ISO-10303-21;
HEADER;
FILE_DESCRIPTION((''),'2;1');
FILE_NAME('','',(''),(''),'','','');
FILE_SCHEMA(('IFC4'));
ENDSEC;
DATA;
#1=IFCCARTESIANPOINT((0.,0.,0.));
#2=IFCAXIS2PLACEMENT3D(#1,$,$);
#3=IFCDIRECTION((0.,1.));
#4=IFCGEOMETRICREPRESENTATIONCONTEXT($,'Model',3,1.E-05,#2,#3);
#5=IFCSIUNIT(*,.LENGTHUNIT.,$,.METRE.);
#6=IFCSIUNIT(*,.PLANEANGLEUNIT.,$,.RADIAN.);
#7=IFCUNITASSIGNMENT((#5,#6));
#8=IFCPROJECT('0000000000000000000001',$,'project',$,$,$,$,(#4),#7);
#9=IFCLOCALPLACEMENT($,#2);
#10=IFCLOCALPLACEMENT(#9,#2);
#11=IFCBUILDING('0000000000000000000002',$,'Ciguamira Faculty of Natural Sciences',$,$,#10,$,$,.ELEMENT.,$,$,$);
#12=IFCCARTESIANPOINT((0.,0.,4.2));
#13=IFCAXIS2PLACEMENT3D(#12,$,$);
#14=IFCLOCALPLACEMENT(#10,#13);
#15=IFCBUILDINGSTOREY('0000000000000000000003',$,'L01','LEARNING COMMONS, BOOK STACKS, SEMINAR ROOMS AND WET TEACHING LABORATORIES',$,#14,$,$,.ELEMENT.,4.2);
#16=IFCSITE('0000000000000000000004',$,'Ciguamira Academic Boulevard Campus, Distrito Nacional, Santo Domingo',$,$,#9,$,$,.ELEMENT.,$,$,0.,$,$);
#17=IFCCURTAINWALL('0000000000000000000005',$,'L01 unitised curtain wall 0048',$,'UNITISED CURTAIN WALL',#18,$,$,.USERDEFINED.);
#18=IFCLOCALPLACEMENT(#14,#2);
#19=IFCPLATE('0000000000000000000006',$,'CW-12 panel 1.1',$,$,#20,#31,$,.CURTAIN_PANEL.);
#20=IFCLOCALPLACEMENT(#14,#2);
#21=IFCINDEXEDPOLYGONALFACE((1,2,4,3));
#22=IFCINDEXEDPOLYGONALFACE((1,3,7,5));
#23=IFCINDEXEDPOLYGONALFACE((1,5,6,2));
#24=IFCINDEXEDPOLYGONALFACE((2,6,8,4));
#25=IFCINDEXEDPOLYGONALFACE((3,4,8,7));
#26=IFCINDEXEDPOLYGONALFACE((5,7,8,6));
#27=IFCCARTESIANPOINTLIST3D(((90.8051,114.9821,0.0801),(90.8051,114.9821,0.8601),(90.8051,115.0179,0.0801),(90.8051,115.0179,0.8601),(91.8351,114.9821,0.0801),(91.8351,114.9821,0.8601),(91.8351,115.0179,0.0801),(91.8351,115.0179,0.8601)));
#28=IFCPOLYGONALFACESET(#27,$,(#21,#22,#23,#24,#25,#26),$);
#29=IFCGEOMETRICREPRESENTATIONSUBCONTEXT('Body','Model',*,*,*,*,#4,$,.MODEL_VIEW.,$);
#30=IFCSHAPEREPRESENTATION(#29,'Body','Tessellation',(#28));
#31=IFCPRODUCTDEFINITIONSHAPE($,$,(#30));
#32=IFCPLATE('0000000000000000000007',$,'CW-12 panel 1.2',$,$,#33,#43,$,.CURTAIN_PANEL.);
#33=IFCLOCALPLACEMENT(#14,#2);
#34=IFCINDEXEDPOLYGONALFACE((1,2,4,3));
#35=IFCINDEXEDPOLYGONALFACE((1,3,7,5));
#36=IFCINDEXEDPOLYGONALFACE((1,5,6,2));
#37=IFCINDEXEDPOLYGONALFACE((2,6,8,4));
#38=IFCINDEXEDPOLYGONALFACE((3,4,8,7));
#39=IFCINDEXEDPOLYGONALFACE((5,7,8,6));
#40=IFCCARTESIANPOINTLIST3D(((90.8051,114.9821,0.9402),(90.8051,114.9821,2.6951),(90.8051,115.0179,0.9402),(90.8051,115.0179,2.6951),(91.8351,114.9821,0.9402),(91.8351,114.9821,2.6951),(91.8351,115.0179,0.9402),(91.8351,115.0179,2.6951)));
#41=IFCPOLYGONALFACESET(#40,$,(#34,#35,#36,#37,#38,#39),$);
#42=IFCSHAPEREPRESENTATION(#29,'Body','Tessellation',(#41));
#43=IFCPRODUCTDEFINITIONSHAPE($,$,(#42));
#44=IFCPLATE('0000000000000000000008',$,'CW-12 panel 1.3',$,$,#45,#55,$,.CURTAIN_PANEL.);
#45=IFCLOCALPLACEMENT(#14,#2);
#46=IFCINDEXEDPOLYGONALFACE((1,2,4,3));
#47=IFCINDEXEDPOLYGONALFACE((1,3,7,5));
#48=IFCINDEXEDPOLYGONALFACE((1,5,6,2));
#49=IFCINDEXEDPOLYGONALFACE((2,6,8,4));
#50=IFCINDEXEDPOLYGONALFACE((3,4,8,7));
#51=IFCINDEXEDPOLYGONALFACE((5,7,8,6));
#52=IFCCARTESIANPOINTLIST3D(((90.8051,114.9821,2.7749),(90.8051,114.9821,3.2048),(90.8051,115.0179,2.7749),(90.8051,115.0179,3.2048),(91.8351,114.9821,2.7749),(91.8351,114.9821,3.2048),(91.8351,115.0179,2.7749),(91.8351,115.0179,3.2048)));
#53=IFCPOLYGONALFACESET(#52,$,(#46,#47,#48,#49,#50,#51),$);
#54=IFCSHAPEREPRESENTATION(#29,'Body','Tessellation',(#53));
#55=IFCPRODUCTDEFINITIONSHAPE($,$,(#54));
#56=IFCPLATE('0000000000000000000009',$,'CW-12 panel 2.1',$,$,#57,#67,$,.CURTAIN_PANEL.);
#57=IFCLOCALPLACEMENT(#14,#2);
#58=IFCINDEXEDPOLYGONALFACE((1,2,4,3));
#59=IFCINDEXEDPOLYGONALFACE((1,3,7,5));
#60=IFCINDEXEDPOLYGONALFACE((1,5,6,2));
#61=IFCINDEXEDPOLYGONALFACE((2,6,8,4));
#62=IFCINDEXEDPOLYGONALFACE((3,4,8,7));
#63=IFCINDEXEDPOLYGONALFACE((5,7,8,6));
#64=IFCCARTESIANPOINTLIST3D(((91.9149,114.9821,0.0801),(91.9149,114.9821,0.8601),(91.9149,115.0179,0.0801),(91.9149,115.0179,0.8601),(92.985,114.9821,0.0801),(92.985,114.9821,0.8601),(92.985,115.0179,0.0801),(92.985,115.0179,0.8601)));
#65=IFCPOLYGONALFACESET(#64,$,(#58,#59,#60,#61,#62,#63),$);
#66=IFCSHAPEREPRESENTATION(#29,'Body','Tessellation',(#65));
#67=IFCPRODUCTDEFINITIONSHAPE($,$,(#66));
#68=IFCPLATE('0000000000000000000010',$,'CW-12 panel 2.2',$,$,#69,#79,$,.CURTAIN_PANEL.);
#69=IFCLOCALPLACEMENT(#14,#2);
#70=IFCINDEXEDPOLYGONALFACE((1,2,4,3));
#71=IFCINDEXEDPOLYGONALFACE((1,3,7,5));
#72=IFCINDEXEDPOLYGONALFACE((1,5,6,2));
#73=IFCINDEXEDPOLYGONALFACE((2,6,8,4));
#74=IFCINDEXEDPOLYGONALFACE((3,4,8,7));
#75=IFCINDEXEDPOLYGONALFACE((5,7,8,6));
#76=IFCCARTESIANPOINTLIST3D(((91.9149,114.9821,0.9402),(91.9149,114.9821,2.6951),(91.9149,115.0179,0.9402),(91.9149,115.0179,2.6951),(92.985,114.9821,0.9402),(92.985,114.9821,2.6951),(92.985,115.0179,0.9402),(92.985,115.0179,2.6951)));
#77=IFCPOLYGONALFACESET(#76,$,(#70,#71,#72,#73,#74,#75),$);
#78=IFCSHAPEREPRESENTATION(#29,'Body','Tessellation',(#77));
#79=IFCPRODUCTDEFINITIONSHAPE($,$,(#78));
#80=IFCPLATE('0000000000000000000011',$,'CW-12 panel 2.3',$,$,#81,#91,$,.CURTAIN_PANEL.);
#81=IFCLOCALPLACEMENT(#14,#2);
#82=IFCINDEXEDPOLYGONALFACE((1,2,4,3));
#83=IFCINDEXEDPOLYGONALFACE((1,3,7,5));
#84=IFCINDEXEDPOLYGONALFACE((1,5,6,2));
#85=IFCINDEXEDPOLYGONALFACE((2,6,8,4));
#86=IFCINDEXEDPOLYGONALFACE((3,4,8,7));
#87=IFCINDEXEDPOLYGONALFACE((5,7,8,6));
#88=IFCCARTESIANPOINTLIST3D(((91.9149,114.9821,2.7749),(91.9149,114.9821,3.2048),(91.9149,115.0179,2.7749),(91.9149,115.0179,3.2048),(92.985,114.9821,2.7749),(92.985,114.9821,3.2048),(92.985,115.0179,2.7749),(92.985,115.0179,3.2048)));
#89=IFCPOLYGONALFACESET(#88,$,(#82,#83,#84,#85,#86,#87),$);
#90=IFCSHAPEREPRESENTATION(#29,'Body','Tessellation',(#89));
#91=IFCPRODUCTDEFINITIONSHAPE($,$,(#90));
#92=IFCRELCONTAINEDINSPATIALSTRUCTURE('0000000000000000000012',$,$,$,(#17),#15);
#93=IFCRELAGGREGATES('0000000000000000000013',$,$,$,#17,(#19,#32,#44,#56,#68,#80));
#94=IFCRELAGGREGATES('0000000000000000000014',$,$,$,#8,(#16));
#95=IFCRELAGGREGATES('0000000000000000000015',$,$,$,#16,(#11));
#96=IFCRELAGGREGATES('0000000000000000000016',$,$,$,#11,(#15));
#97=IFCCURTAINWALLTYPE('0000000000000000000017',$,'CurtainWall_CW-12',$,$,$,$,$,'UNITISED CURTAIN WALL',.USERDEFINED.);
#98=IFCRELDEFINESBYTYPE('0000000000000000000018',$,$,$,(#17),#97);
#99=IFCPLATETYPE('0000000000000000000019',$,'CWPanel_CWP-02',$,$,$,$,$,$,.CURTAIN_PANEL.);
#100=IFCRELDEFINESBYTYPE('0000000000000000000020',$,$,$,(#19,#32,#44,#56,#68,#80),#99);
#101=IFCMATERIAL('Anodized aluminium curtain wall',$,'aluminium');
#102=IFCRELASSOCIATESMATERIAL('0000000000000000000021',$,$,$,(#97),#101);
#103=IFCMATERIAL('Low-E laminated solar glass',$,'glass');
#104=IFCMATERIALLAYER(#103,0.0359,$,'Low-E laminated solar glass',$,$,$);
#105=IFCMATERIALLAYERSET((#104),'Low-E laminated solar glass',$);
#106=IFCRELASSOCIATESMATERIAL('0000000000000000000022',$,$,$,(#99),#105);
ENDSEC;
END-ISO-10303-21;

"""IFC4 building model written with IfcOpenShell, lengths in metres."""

from ifc_helpers import new_model, si_unit, direction, frame, origin, origin_2d, place, context, subcontext, project, spatial, rectangle, extrude, material, layer, layer_set, type_object, element, aggregate, save


model = new_model("IFC4")

# Units and contexts
model_context = context("Model", 3, precision=1e-05, world=origin(), true_north=direction((0.0, 1.0)))
body_context = subcontext(model_context, "Body", "Model", "MODEL_VIEW")
ifc_project = project(units=[si_unit("LENGTHUNIT", "METRE"), si_unit("PLANEANGLEUNIT", "RADIAN")], contexts=[model_context])

# Site, building, storey
site_placement = place(None, origin())
site = spatial("IfcSite", under=ifc_project, at=site_placement, Name="Ciguamira Academic Boulevard Campus, Distrito Nacional, Santo Domingo", CompositionType="ELEMENT", RefElevation=0.0)
building_placement = place(site_placement, origin())
building = spatial("IfcBuilding", under=site, at=building_placement, Name="Ciguamira Faculty of Natural Sciences", CompositionType="ELEMENT")
storey_placement = place(building_placement, frame((0.0, 0.0, 4.2)))
storey = spatial("IfcBuildingStorey", under=building, at=storey_placement, Name="L01", Description="LEARNING COMMONS, BOOK STACKS, SEMINAR ROOMS AND WET TEACHING LABORATORIES", CompositionType="ELEMENT", Elevation=4.2)

# Curtain wall, plates
ifc_material_1 = material(Name="Anodized aluminium curtain wall", Category="aluminium")
curtain_wall_type = type_object("IfcCurtainWallType", Name="CurtainWall_CW-12", ElementType="UNITISED CURTAIN WALL", PredefinedType="USERDEFINED", material=ifc_material_1)
curtain_wall_placement = place(storey_placement, origin())
curtain_wall = element("IfcCurtainWall", 1, at=curtain_wall_placement, inside=storey, type_object=curtain_wall_type, Name="L01 unitised curtain wall 0048", ObjectType="UNITISED CURTAIN WALL", PredefinedType="USERDEFINED")
ifc_material_2 = material(Name="Low-E laminated solar glass", Category="glass")
ifc_layer = layer(ifc_material_2, 0.0359, Name="Low-E laminated solar glass")
ifc_layer_set = layer_set([ifc_layer], Name="Low-E laminated solar glass")
plate_type = type_object("IfcPlateType", Name="CWPanel_CWP-02", PredefinedType="CURTAIN_PANEL", material=ifc_layer_set)
plate_1_placement = place(storey_placement, frame((91.3201, 115.0, 0.0801), z_axis=(0.0, 0.0, 1.0), x_axis=(1.0, 0.0, 0.0)))
plate_1 = element("IfcPlate", 2, at=plate_1_placement, type_object=plate_type, Name="CW-12 panel 1.1", PredefinedType="CURTAIN_PANEL", context=body_context, shape_type="SweptSolid", body=[
    extrude(rectangle(XDim=1.03, YDim=0.0359, at=origin_2d()), origin(), (0.0, 0.0, 1.0), 0.78),
])
plate_2_placement = place(storey_placement, frame((91.3201, 115.0, 0.9402), z_axis=(0.0, 0.0, 1.0), x_axis=(1.0, 0.0, 0.0)))
plate_2 = element("IfcPlate", 3, at=plate_2_placement, type_object=plate_type, Name="CW-12 panel 1.2", PredefinedType="CURTAIN_PANEL", context=body_context, shape_type="SweptSolid", body=[
    extrude(rectangle(XDim=1.03, YDim=0.0359, at=origin_2d()), origin(), (0.0, 0.0, 1.0), 1.7549),
])
plate_3_placement = place(storey_placement, frame((91.3201, 115.0, 2.7749), z_axis=(0.0, 0.0, 1.0), x_axis=(1.0, 0.0, 0.0)))
plate_3 = element("IfcPlate", 4, at=plate_3_placement, type_object=plate_type, Name="CW-12 panel 1.3", PredefinedType="CURTAIN_PANEL", context=body_context, shape_type="SweptSolid", body=[
    extrude(rectangle(XDim=1.03, YDim=0.0359, at=origin_2d()), origin(), (0.0, 0.0, 1.0), 0.4299),
])
plate_4_placement = place(storey_placement, frame((92.45, 115.0, 0.0801), z_axis=(0.0, 0.0, 1.0), x_axis=(1.0, 0.0, 0.0)))
plate_4 = element("IfcPlate", 5, at=plate_4_placement, type_object=plate_type, Name="CW-12 panel 2.1", PredefinedType="CURTAIN_PANEL", context=body_context, shape_type="SweptSolid", body=[
    extrude(rectangle(XDim=1.0701, YDim=0.0359, at=origin_2d()), origin(), (0.0, 0.0, 1.0), 0.78),
])
plate_5_placement = place(storey_placement, frame((92.45, 115.0, 0.9402), z_axis=(0.0, 0.0, 1.0), x_axis=(1.0, 0.0, 0.0)))
plate_5 = element("IfcPlate", 6, at=plate_5_placement, type_object=plate_type, Name="CW-12 panel 2.2", PredefinedType="CURTAIN_PANEL", context=body_context, shape_type="SweptSolid", body=[
    extrude(rectangle(XDim=1.0701, YDim=0.0359, at=origin_2d()), origin(), (0.0, 0.0, 1.0), 1.7549),
])
plate_6_placement = place(storey_placement, frame((92.45, 115.0, 2.7749), z_axis=(0.0, 0.0, 1.0), x_axis=(1.0, 0.0, 0.0)))
plate_6 = element("IfcPlate", 7, at=plate_6_placement, type_object=plate_type, Name="CW-12 panel 2.3", PredefinedType="CURTAIN_PANEL", context=body_context, shape_type="SweptSolid", body=[
    extrude(rectangle(XDim=1.0701, YDim=0.0359, at=origin_2d()), origin(), (0.0, 0.0, 1.0), 0.4299),
])
aggregate(curtain_wall, [plate_1, plate_2, plate_3, plate_4, plate_5, plate_6])

save(model, "model.ifc")
